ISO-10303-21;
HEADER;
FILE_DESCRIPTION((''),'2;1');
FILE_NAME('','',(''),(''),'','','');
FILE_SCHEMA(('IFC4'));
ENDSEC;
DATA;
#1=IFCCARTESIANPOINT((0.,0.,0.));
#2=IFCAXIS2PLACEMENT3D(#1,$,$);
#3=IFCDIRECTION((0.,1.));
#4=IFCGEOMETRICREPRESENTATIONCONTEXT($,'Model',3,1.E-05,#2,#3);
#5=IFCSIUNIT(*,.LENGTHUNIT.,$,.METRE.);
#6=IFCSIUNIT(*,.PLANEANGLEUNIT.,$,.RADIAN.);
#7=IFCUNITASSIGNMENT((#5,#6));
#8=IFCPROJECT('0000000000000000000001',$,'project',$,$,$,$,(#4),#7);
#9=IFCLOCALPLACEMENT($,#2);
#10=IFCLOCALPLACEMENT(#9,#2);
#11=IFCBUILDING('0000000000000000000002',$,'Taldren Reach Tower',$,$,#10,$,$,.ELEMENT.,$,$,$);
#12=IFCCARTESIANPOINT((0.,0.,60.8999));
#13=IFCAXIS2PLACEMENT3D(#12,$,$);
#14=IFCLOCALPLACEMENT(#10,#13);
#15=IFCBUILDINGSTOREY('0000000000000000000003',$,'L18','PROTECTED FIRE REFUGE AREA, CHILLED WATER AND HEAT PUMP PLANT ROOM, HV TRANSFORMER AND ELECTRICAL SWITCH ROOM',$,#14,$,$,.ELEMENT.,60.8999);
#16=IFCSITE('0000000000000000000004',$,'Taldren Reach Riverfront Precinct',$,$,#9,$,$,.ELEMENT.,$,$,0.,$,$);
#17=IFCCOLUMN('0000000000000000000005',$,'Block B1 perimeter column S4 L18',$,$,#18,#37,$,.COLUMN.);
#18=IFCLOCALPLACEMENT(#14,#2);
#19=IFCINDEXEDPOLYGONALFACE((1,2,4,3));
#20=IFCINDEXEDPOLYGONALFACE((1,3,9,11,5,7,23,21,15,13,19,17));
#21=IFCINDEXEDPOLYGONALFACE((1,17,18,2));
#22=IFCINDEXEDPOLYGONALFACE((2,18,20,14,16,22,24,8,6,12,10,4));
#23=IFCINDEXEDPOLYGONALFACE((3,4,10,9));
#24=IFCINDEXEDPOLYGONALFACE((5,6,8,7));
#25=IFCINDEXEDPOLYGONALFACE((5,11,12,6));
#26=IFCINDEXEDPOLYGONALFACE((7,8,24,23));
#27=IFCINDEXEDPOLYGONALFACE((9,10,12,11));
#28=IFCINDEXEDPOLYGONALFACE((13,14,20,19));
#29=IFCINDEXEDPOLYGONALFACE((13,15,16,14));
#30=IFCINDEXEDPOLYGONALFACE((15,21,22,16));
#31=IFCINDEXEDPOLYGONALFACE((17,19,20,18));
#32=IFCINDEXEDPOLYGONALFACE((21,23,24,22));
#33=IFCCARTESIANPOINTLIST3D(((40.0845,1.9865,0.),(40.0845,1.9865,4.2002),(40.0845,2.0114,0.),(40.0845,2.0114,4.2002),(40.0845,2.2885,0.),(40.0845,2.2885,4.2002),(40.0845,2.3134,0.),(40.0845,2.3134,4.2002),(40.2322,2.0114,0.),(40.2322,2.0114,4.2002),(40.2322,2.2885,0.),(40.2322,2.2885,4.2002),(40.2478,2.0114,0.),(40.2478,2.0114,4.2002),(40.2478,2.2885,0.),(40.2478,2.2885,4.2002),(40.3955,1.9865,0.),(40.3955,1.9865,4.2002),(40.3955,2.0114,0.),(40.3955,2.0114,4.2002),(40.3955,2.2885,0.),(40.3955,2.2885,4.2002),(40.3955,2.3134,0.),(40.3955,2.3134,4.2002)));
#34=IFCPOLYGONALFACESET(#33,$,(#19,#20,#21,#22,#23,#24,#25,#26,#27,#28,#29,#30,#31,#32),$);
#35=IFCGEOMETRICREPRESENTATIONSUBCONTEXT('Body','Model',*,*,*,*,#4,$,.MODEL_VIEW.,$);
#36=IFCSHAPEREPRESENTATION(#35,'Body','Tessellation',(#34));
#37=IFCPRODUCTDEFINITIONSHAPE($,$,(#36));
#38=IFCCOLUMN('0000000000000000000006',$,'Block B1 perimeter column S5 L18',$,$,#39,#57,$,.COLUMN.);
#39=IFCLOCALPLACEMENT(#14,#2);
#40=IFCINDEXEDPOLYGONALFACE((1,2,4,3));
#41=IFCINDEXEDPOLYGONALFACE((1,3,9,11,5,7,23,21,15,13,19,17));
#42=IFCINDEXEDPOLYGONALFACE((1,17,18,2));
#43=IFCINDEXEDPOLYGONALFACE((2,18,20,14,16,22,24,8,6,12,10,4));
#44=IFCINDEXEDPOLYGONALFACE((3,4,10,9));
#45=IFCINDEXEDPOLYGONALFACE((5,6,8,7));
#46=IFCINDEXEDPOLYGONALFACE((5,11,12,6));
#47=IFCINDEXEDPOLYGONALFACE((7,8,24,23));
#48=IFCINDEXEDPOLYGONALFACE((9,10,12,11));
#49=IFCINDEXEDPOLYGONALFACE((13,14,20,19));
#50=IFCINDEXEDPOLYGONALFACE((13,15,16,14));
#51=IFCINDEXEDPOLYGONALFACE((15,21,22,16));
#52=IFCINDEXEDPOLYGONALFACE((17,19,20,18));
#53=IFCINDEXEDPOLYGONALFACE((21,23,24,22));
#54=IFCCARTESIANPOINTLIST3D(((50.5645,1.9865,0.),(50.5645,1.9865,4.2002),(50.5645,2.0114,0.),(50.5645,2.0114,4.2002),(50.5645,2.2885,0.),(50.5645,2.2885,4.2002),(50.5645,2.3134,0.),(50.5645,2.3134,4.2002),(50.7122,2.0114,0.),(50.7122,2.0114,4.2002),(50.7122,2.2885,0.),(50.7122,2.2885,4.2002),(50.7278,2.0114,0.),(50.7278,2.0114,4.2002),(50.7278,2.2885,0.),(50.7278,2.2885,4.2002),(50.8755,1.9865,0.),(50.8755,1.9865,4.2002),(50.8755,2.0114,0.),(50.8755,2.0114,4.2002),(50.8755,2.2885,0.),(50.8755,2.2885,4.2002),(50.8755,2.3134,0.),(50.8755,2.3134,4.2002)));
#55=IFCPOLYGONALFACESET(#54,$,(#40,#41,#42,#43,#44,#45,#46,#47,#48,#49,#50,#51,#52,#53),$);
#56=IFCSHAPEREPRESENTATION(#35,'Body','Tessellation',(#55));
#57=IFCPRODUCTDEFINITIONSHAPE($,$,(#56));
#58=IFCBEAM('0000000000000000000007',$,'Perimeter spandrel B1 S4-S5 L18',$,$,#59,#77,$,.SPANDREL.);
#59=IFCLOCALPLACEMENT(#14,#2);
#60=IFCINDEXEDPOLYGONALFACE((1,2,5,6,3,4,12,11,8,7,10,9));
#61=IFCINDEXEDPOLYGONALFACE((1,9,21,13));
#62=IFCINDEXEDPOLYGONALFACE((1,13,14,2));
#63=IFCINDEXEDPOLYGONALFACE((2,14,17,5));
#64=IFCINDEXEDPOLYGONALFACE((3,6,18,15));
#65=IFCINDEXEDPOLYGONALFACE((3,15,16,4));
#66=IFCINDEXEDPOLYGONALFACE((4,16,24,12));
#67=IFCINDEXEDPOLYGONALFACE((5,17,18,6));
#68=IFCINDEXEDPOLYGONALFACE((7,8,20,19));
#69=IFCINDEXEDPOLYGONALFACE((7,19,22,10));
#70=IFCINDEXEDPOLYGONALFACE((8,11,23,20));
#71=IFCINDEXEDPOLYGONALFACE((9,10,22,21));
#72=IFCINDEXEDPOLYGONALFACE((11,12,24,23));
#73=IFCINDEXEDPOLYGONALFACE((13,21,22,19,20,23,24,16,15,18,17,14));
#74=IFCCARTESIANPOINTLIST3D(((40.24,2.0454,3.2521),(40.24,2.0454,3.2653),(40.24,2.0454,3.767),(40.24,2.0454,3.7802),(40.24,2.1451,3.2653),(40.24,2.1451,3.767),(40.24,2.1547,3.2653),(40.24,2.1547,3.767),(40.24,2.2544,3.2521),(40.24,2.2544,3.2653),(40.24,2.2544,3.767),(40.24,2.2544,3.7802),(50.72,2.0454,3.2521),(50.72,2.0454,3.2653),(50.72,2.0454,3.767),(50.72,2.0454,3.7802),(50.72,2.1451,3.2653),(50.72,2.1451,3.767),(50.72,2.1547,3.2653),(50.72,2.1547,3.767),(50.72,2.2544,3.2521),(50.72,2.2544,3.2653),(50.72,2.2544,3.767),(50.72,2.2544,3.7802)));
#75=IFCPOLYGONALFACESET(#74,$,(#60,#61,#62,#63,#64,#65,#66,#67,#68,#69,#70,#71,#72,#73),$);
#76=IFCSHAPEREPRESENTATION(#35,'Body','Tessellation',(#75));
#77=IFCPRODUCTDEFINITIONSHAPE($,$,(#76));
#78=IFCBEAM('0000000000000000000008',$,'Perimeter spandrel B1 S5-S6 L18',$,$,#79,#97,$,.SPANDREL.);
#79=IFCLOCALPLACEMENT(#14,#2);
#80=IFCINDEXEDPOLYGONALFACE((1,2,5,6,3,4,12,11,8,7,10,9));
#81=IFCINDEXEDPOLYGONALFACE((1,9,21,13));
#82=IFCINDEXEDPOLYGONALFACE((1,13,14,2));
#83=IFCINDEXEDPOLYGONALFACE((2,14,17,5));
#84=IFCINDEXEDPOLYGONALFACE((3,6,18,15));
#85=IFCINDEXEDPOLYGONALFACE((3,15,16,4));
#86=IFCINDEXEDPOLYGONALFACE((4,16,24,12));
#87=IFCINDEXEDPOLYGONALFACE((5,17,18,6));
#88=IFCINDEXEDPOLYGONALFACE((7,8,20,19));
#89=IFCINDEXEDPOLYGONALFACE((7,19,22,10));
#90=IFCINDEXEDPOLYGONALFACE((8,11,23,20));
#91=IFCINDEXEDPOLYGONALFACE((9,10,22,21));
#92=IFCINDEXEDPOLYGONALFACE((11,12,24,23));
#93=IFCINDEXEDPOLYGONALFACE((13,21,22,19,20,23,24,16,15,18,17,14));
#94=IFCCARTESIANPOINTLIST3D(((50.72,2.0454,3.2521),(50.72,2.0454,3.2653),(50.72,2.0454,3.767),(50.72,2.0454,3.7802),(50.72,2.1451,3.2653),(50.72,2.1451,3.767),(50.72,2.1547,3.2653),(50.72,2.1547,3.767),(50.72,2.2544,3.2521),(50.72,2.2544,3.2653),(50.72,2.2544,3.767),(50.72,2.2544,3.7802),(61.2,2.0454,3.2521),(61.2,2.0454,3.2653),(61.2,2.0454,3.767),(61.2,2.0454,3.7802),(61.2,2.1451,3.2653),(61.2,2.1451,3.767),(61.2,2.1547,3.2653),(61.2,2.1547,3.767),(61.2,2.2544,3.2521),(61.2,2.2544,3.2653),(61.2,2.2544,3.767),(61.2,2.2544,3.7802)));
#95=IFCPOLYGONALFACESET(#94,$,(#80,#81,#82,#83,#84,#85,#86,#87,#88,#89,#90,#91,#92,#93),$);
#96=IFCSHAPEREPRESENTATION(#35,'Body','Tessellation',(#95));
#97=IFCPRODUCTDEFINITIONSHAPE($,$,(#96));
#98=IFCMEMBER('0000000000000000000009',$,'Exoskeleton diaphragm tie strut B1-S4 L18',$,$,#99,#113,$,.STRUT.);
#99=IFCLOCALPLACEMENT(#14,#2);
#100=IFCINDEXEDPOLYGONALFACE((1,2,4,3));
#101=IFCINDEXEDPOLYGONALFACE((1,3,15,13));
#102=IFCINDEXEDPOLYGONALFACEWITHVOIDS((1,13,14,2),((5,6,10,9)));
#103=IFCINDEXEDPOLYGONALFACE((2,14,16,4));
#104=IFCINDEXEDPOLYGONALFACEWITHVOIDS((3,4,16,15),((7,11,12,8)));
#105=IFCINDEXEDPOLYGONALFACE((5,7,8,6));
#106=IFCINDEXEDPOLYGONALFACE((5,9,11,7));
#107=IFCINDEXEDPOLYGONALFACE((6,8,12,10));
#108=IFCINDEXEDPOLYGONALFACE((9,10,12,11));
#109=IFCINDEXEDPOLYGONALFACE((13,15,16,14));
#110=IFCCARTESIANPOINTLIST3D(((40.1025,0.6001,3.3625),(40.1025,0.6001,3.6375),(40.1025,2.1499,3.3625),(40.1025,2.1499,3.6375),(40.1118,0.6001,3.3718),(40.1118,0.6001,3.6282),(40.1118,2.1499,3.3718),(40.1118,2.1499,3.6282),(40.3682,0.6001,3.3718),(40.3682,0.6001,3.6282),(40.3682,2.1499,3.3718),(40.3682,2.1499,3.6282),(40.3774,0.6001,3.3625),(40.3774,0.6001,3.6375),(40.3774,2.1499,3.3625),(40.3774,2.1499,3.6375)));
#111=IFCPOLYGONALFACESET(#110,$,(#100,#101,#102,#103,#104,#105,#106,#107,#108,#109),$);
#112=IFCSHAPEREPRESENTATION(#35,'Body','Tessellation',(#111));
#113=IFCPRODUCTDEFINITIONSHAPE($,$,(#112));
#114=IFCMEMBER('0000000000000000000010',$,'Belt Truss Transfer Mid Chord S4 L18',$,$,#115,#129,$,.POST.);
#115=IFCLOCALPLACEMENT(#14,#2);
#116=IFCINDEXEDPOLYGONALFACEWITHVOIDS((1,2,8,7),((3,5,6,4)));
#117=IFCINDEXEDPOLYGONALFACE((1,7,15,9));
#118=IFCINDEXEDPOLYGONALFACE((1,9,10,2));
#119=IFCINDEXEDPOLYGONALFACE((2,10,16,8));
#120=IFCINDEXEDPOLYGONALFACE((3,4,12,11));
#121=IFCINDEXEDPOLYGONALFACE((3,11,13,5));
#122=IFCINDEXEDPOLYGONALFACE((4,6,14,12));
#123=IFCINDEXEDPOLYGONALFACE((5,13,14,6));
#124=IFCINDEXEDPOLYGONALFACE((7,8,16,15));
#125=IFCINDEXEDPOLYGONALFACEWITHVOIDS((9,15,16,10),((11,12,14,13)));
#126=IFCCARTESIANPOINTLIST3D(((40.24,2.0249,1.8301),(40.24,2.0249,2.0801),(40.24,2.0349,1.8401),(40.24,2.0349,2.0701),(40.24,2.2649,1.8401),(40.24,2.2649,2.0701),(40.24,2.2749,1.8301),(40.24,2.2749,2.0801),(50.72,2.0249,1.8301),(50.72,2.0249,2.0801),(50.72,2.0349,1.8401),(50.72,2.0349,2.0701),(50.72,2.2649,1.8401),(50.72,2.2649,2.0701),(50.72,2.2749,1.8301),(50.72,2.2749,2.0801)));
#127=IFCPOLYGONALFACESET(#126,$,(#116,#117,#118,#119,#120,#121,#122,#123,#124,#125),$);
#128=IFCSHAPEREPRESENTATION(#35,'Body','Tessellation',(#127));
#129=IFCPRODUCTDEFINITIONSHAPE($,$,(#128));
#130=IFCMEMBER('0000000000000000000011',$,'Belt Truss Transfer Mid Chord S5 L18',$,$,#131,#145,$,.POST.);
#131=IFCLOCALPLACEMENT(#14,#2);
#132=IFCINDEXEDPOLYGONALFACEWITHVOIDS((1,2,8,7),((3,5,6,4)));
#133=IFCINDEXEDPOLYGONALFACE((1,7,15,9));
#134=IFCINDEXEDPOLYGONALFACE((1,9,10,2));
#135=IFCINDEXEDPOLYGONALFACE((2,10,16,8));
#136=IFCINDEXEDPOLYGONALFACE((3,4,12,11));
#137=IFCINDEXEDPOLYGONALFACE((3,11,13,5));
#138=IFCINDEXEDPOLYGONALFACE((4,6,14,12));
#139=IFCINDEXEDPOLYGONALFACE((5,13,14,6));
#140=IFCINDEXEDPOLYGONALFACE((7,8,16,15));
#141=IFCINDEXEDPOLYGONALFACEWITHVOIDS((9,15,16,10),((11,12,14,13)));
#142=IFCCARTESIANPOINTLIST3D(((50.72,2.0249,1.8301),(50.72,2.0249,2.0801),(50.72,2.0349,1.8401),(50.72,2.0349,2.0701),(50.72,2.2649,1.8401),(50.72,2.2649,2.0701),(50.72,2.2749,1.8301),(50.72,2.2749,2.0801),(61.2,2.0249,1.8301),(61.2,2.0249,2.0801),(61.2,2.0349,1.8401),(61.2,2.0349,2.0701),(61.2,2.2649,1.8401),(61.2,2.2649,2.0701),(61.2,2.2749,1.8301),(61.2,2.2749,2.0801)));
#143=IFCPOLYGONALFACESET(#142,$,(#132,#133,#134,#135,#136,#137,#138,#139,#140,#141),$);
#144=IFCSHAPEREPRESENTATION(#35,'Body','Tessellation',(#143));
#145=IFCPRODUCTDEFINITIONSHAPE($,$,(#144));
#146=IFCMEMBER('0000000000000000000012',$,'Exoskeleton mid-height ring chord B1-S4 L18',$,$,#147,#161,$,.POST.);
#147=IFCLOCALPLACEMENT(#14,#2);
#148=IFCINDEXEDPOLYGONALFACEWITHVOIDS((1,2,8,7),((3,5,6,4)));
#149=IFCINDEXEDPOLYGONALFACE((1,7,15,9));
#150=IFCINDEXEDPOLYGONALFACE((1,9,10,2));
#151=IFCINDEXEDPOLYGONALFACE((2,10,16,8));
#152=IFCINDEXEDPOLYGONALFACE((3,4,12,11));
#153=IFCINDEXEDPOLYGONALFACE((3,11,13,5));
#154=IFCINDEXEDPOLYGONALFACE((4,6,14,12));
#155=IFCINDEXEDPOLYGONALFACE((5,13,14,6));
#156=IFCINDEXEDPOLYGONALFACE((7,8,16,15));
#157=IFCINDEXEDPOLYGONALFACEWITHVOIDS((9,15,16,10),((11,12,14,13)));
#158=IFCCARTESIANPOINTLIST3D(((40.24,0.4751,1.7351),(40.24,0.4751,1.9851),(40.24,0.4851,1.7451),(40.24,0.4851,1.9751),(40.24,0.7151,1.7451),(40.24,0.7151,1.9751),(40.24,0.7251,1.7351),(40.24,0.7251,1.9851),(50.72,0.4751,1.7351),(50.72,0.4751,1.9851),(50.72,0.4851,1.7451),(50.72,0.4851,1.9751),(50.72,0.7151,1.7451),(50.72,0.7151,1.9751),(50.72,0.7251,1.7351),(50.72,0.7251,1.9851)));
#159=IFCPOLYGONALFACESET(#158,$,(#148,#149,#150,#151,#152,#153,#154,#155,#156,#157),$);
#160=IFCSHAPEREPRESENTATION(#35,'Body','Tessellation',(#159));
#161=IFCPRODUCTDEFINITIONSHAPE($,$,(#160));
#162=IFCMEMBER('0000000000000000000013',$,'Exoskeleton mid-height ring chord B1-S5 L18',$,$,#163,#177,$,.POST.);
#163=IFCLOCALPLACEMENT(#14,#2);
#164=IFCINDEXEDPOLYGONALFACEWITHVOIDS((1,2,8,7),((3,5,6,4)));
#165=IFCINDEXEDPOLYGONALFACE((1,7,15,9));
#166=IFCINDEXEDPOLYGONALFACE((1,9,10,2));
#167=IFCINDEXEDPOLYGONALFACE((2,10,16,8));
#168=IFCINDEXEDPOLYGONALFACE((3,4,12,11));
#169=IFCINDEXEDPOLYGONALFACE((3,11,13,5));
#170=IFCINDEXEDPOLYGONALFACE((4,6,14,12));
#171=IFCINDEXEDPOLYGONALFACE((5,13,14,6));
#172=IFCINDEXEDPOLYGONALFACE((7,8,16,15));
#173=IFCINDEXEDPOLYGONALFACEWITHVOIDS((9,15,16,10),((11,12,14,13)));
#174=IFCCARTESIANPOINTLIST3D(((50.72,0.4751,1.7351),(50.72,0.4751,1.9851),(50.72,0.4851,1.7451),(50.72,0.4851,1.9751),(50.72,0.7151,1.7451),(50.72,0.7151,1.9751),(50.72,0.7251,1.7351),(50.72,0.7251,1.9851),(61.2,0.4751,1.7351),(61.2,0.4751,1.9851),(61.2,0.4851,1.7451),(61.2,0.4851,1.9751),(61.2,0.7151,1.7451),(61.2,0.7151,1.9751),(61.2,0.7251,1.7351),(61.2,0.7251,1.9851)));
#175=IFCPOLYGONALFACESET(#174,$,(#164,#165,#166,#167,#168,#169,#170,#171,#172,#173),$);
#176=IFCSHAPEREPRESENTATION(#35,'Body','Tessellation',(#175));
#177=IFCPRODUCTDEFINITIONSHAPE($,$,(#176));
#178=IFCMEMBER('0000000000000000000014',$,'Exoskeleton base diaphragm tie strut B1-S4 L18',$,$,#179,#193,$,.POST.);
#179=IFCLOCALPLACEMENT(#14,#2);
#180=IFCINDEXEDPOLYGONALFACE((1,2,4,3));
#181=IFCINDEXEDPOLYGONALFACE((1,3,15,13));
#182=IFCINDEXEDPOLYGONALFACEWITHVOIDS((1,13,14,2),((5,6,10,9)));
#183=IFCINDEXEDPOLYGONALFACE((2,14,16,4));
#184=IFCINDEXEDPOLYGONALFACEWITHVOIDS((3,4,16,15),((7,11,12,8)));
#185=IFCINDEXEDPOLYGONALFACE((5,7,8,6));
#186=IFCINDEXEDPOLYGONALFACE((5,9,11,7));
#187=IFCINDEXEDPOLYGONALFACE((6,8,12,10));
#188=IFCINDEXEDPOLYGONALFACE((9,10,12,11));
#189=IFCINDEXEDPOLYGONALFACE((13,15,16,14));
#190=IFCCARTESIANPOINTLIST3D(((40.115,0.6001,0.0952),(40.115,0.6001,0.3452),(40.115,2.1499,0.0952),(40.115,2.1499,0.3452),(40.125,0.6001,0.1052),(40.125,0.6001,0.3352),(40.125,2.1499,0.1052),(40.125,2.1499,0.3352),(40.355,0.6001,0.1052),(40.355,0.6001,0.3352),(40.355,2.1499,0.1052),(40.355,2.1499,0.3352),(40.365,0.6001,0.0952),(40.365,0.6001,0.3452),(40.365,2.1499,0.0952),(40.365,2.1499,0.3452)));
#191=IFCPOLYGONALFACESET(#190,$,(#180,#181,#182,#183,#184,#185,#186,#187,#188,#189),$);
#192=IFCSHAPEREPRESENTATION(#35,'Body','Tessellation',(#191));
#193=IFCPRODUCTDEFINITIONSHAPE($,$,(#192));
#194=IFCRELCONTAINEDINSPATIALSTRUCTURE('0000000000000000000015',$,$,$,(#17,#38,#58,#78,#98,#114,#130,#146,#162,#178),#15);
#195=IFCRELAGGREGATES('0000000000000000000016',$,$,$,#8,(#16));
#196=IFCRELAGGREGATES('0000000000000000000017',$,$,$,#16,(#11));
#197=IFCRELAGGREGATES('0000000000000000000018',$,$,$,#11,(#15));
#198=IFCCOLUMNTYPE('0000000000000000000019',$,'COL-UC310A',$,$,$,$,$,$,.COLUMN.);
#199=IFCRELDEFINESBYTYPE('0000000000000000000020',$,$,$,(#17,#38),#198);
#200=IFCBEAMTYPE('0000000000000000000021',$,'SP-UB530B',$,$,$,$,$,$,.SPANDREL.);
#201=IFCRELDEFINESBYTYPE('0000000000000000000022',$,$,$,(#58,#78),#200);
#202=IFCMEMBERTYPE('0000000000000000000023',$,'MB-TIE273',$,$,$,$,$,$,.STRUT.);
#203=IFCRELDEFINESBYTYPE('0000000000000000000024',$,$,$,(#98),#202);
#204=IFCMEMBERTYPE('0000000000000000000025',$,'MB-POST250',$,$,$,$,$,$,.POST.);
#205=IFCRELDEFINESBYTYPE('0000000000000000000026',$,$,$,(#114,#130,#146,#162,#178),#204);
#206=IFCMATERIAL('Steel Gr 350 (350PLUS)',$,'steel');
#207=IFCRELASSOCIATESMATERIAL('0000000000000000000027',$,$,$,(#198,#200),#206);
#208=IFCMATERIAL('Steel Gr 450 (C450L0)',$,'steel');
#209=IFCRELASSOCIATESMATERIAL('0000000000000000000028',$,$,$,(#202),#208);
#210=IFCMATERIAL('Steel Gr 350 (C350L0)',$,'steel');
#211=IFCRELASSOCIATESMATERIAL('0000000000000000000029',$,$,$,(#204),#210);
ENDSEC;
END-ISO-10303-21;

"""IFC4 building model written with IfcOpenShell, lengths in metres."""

from ifc_helpers import new_model, si_unit, direction, frame, origin, origin_2d, place, context, subcontext, project, spatial, hollow_rectangle, i_section, extrude, source, transform, mapped, material, material_profile, profile_set, type_object, element, save


model = new_model("IFC4")

# Units and contexts
model_context = context("Model", 3, precision=1e-05, world=origin(), true_north=direction((0.0, 1.0)))
body_context = subcontext(model_context, "Body", "Model", "MODEL_VIEW")
ifc_project = project(units=[si_unit("LENGTHUNIT", "METRE"), si_unit("PLANEANGLEUNIT", "RADIAN")], contexts=[model_context])

# Site, building, storey
site_placement = place(None, origin())
site = spatial("IfcSite", under=ifc_project, at=site_placement, Name="Taldren Reach Riverfront Precinct", CompositionType="ELEMENT", RefElevation=0.0)
building_placement = place(site_placement, origin())
building = spatial("IfcBuilding", under=site, at=building_placement, Name="Taldren Reach Tower", CompositionType="ELEMENT")
storey_placement = place(building_placement, frame((0.0, 0.0, 60.8999)))
storey = spatial("IfcBuildingStorey", under=building, at=storey_placement, Name="L18", Description="PROTECTED FIRE REFUGE AREA, CHILLED WATER AND HEAT PUMP PLANT ROOM, HV TRANSFORMER AND ELECTRICAL SWITCH ROOM", CompositionType="ELEMENT", Elevation=60.8999)

# Columns
ifc_material_1 = material(Name="Steel Gr 350 (350PLUS)", Category="steel")
ifc_material_profile_1 = material_profile(ifc_material_1, i_section(OverallWidth=0.311, OverallDepth=0.3269, WebThickness=0.0156, FlangeThickness=0.0249, at=origin_2d()), Name="310UC158")
ifc_profile_set_1 = profile_set([ifc_material_profile_1], Name="Steel Gr 350 (350PLUS)")
column_type = type_object("IfcColumnType", Name="COL-UC310A", PredefinedType="COLUMN", material=ifc_profile_set_1)
shared_shape_1 = source(origin(), body_context, "Body", "SweptSolid", [
    extrude(i_section(OverallWidth=0.311, OverallDepth=0.3269, WebThickness=0.0156, FlangeThickness=0.0249, at=origin_2d()), origin(), (0.0, 0.0, 1.0), 4.2002),
])
for number, where, z_axis, x_axis, name in (
    (1, (40.24, 2.1499, 0.0), (0.0, 0.0, 1.0), (1.0, 0.0, 0.0), "Block B1 perimeter column S4 L18"),
    (2, (50.72, 2.1499, 0.0), (0.0, 0.0, 1.0), (1.0, 0.0, 0.0), "Block B1 perimeter column S5 L18"),
):
    element("IfcColumn", number, at=place(storey_placement, frame(where, z_axis=z_axis, x_axis=x_axis)), inside=storey, type_object=column_type, Name=name, PredefinedType="COLUMN", context=body_context, shape_type="MappedRepresentation", body=[
        mapped(shared_shape_1, transform((0.0, 0.0, 0.0), scale=1.0)),
    ])

# Beams
ifc_material_profile_2 = material_profile(ifc_material_1, i_section(OverallWidth=0.209, OverallDepth=0.5281, WebThickness=0.0095, FlangeThickness=0.0132, at=origin_2d()), Name="530UB82.0")
ifc_profile_set_2 = profile_set([ifc_material_profile_2], Name="Steel Gr 350 (350PLUS)")
beam_type = type_object("IfcBeamType", Name="SP-UB530B", PredefinedType="SPANDREL", material=ifc_profile_set_2)
shared_shape_2 = source(origin(), body_context, "Body", "SweptSolid", [
    extrude(i_section(OverallWidth=0.209, OverallDepth=0.5281, WebThickness=0.0095, FlangeThickness=0.0132, at=origin_2d()), origin(), (0.0, 0.0, 1.0), 10.48),
])
for number, where, z_axis, x_axis, name in (
    (3, (40.24, 2.1499, 3.5161), (1.0, 0.0, 0.0), (0.0, 1.0, 0.0), "Perimeter spandrel B1 S4-S5 L18"),
    (4, (50.72, 2.1499, 3.5161), (1.0, 0.0, 0.0), (0.0, 1.0, 0.0), "Perimeter spandrel B1 S5-S6 L18"),
):
    element("IfcBeam", number, at=place(storey_placement, frame(where, z_axis=z_axis, x_axis=x_axis)), inside=storey, type_object=beam_type, Name=name, PredefinedType="SPANDREL", context=body_context, shape_type="MappedRepresentation", body=[
        mapped(shared_shape_2, transform((0.0, 0.0, 0.0), scale=1.0)),
    ])

# Members
ifc_material_2 = material(Name="Steel Gr 450 (C450L0)", Category="steel")
ifc_material_profile_3 = material_profile(ifc_material_2, hollow_rectangle(XDim=0.2749, YDim=0.2749, WallThickness=0.0093, at=origin_2d()), Name="275x275x9.3SHS")
ifc_profile_set_3 = profile_set([ifc_material_profile_3], Name="Steel Gr 450 (C450L0)")
member_type_1 = type_object("IfcMemberType", Name="MB-TIE273", PredefinedType="STRUT", material=ifc_profile_set_3)
shared_shape_3 = source(origin(), body_context, "Body", "SweptSolid", [
    extrude(hollow_rectangle(XDim=0.2749, YDim=0.2749, WallThickness=0.0093, at=origin_2d()), origin(), (0.0, 0.0, 1.0), 1.5498),
])
member_1_placement = place(storey_placement, frame((40.24, 2.1499, 3.5), z_axis=(0.0, -1.0, 0.0), x_axis=(1.0, 0.0, 0.0)))
element("IfcMember", 5, at=member_1_placement, inside=storey, type_object=member_type_1, Name="Exoskeleton diaphragm tie strut B1-S4 L18", PredefinedType="STRUT", context=body_context, shape_type="MappedRepresentation", body=[
    mapped(shared_shape_3, transform((0.0, 0.0, 0.0), scale=1.0)),
])
ifc_material_3 = material(Name="Steel Gr 350 (C350L0)", Category="steel")
ifc_material_profile_4 = material_profile(ifc_material_3, hollow_rectangle(XDim=0.25, YDim=0.25, WallThickness=0.01, at=origin_2d()), Name="250x250x10.0SHS")
ifc_profile_set_4 = profile_set([ifc_material_profile_4], Name="Steel Gr 350 (C350L0)")
member_type_2 = type_object("IfcMemberType", Name="MB-POST250", PredefinedType="POST", material=ifc_profile_set_4)
shared_shape_4 = source(origin(), body_context, "Body", "SweptSolid", [
    extrude(hollow_rectangle(XDim=0.25, YDim=0.25, WallThickness=0.01, at=origin_2d()), origin(), (0.0, 0.0, 1.0), 10.48),
])
for number, where, z_axis, x_axis, name in (
    (6, (40.24, 2.1499, 1.9551), (1.0, 0.0, 0.0), (0.0, 1.0, 0.0), "Belt Truss Transfer Mid Chord S4 L18"),
    (7, (50.72, 2.1499, 1.9551), (1.0, 0.0, 0.0), (0.0, 1.0, 0.0), "Belt Truss Transfer Mid Chord S5 L18"),
    (8, (40.24, 0.6001, 1.8601), (1.0, 0.0, 0.0), (0.0, 1.0, 0.0), "Exoskeleton mid-height ring chord B1-S4 L18"),
    (9, (50.72, 0.6001, 1.8601), (1.0, 0.0, 0.0), (0.0, 1.0, 0.0), "Exoskeleton mid-height ring chord B1-S5 L18"),
):
    element("IfcMember", number, at=place(storey_placement, frame(where, z_axis=z_axis, x_axis=x_axis)), inside=storey, type_object=member_type_2, Name=name, PredefinedType="POST", context=body_context, shape_type="MappedRepresentation", body=[
        mapped(shared_shape_4, transform((0.0, 0.0, 0.0), scale=1.0)),
    ])
shared_shape_5 = source(origin(), body_context, "Body", "SweptSolid", [
    extrude(hollow_rectangle(XDim=0.25, YDim=0.25, WallThickness=0.01, at=origin_2d()), origin(), (0.0, 0.0, 1.0), 1.5498),
])
for number, where, z_axis, x_axis, name in (
    (10, (40.24, 2.1499, 0.2202), (0.0, -1.0, 0.0), (1.0, 0.0, 0.0), "Exoskeleton base diaphragm tie strut B1-S4 L18"),
):
    element("IfcMember", number, at=place(storey_placement, frame(where, z_axis=z_axis, x_axis=x_axis)), inside=storey, type_object=member_type_2, Name=name, PredefinedType="POST", context=body_context, shape_type="MappedRepresentation", body=[
        mapped(shared_shape_5, transform((0.0, 0.0, 0.0), scale=1.0)),
    ])

save(model, "model.ifc")
